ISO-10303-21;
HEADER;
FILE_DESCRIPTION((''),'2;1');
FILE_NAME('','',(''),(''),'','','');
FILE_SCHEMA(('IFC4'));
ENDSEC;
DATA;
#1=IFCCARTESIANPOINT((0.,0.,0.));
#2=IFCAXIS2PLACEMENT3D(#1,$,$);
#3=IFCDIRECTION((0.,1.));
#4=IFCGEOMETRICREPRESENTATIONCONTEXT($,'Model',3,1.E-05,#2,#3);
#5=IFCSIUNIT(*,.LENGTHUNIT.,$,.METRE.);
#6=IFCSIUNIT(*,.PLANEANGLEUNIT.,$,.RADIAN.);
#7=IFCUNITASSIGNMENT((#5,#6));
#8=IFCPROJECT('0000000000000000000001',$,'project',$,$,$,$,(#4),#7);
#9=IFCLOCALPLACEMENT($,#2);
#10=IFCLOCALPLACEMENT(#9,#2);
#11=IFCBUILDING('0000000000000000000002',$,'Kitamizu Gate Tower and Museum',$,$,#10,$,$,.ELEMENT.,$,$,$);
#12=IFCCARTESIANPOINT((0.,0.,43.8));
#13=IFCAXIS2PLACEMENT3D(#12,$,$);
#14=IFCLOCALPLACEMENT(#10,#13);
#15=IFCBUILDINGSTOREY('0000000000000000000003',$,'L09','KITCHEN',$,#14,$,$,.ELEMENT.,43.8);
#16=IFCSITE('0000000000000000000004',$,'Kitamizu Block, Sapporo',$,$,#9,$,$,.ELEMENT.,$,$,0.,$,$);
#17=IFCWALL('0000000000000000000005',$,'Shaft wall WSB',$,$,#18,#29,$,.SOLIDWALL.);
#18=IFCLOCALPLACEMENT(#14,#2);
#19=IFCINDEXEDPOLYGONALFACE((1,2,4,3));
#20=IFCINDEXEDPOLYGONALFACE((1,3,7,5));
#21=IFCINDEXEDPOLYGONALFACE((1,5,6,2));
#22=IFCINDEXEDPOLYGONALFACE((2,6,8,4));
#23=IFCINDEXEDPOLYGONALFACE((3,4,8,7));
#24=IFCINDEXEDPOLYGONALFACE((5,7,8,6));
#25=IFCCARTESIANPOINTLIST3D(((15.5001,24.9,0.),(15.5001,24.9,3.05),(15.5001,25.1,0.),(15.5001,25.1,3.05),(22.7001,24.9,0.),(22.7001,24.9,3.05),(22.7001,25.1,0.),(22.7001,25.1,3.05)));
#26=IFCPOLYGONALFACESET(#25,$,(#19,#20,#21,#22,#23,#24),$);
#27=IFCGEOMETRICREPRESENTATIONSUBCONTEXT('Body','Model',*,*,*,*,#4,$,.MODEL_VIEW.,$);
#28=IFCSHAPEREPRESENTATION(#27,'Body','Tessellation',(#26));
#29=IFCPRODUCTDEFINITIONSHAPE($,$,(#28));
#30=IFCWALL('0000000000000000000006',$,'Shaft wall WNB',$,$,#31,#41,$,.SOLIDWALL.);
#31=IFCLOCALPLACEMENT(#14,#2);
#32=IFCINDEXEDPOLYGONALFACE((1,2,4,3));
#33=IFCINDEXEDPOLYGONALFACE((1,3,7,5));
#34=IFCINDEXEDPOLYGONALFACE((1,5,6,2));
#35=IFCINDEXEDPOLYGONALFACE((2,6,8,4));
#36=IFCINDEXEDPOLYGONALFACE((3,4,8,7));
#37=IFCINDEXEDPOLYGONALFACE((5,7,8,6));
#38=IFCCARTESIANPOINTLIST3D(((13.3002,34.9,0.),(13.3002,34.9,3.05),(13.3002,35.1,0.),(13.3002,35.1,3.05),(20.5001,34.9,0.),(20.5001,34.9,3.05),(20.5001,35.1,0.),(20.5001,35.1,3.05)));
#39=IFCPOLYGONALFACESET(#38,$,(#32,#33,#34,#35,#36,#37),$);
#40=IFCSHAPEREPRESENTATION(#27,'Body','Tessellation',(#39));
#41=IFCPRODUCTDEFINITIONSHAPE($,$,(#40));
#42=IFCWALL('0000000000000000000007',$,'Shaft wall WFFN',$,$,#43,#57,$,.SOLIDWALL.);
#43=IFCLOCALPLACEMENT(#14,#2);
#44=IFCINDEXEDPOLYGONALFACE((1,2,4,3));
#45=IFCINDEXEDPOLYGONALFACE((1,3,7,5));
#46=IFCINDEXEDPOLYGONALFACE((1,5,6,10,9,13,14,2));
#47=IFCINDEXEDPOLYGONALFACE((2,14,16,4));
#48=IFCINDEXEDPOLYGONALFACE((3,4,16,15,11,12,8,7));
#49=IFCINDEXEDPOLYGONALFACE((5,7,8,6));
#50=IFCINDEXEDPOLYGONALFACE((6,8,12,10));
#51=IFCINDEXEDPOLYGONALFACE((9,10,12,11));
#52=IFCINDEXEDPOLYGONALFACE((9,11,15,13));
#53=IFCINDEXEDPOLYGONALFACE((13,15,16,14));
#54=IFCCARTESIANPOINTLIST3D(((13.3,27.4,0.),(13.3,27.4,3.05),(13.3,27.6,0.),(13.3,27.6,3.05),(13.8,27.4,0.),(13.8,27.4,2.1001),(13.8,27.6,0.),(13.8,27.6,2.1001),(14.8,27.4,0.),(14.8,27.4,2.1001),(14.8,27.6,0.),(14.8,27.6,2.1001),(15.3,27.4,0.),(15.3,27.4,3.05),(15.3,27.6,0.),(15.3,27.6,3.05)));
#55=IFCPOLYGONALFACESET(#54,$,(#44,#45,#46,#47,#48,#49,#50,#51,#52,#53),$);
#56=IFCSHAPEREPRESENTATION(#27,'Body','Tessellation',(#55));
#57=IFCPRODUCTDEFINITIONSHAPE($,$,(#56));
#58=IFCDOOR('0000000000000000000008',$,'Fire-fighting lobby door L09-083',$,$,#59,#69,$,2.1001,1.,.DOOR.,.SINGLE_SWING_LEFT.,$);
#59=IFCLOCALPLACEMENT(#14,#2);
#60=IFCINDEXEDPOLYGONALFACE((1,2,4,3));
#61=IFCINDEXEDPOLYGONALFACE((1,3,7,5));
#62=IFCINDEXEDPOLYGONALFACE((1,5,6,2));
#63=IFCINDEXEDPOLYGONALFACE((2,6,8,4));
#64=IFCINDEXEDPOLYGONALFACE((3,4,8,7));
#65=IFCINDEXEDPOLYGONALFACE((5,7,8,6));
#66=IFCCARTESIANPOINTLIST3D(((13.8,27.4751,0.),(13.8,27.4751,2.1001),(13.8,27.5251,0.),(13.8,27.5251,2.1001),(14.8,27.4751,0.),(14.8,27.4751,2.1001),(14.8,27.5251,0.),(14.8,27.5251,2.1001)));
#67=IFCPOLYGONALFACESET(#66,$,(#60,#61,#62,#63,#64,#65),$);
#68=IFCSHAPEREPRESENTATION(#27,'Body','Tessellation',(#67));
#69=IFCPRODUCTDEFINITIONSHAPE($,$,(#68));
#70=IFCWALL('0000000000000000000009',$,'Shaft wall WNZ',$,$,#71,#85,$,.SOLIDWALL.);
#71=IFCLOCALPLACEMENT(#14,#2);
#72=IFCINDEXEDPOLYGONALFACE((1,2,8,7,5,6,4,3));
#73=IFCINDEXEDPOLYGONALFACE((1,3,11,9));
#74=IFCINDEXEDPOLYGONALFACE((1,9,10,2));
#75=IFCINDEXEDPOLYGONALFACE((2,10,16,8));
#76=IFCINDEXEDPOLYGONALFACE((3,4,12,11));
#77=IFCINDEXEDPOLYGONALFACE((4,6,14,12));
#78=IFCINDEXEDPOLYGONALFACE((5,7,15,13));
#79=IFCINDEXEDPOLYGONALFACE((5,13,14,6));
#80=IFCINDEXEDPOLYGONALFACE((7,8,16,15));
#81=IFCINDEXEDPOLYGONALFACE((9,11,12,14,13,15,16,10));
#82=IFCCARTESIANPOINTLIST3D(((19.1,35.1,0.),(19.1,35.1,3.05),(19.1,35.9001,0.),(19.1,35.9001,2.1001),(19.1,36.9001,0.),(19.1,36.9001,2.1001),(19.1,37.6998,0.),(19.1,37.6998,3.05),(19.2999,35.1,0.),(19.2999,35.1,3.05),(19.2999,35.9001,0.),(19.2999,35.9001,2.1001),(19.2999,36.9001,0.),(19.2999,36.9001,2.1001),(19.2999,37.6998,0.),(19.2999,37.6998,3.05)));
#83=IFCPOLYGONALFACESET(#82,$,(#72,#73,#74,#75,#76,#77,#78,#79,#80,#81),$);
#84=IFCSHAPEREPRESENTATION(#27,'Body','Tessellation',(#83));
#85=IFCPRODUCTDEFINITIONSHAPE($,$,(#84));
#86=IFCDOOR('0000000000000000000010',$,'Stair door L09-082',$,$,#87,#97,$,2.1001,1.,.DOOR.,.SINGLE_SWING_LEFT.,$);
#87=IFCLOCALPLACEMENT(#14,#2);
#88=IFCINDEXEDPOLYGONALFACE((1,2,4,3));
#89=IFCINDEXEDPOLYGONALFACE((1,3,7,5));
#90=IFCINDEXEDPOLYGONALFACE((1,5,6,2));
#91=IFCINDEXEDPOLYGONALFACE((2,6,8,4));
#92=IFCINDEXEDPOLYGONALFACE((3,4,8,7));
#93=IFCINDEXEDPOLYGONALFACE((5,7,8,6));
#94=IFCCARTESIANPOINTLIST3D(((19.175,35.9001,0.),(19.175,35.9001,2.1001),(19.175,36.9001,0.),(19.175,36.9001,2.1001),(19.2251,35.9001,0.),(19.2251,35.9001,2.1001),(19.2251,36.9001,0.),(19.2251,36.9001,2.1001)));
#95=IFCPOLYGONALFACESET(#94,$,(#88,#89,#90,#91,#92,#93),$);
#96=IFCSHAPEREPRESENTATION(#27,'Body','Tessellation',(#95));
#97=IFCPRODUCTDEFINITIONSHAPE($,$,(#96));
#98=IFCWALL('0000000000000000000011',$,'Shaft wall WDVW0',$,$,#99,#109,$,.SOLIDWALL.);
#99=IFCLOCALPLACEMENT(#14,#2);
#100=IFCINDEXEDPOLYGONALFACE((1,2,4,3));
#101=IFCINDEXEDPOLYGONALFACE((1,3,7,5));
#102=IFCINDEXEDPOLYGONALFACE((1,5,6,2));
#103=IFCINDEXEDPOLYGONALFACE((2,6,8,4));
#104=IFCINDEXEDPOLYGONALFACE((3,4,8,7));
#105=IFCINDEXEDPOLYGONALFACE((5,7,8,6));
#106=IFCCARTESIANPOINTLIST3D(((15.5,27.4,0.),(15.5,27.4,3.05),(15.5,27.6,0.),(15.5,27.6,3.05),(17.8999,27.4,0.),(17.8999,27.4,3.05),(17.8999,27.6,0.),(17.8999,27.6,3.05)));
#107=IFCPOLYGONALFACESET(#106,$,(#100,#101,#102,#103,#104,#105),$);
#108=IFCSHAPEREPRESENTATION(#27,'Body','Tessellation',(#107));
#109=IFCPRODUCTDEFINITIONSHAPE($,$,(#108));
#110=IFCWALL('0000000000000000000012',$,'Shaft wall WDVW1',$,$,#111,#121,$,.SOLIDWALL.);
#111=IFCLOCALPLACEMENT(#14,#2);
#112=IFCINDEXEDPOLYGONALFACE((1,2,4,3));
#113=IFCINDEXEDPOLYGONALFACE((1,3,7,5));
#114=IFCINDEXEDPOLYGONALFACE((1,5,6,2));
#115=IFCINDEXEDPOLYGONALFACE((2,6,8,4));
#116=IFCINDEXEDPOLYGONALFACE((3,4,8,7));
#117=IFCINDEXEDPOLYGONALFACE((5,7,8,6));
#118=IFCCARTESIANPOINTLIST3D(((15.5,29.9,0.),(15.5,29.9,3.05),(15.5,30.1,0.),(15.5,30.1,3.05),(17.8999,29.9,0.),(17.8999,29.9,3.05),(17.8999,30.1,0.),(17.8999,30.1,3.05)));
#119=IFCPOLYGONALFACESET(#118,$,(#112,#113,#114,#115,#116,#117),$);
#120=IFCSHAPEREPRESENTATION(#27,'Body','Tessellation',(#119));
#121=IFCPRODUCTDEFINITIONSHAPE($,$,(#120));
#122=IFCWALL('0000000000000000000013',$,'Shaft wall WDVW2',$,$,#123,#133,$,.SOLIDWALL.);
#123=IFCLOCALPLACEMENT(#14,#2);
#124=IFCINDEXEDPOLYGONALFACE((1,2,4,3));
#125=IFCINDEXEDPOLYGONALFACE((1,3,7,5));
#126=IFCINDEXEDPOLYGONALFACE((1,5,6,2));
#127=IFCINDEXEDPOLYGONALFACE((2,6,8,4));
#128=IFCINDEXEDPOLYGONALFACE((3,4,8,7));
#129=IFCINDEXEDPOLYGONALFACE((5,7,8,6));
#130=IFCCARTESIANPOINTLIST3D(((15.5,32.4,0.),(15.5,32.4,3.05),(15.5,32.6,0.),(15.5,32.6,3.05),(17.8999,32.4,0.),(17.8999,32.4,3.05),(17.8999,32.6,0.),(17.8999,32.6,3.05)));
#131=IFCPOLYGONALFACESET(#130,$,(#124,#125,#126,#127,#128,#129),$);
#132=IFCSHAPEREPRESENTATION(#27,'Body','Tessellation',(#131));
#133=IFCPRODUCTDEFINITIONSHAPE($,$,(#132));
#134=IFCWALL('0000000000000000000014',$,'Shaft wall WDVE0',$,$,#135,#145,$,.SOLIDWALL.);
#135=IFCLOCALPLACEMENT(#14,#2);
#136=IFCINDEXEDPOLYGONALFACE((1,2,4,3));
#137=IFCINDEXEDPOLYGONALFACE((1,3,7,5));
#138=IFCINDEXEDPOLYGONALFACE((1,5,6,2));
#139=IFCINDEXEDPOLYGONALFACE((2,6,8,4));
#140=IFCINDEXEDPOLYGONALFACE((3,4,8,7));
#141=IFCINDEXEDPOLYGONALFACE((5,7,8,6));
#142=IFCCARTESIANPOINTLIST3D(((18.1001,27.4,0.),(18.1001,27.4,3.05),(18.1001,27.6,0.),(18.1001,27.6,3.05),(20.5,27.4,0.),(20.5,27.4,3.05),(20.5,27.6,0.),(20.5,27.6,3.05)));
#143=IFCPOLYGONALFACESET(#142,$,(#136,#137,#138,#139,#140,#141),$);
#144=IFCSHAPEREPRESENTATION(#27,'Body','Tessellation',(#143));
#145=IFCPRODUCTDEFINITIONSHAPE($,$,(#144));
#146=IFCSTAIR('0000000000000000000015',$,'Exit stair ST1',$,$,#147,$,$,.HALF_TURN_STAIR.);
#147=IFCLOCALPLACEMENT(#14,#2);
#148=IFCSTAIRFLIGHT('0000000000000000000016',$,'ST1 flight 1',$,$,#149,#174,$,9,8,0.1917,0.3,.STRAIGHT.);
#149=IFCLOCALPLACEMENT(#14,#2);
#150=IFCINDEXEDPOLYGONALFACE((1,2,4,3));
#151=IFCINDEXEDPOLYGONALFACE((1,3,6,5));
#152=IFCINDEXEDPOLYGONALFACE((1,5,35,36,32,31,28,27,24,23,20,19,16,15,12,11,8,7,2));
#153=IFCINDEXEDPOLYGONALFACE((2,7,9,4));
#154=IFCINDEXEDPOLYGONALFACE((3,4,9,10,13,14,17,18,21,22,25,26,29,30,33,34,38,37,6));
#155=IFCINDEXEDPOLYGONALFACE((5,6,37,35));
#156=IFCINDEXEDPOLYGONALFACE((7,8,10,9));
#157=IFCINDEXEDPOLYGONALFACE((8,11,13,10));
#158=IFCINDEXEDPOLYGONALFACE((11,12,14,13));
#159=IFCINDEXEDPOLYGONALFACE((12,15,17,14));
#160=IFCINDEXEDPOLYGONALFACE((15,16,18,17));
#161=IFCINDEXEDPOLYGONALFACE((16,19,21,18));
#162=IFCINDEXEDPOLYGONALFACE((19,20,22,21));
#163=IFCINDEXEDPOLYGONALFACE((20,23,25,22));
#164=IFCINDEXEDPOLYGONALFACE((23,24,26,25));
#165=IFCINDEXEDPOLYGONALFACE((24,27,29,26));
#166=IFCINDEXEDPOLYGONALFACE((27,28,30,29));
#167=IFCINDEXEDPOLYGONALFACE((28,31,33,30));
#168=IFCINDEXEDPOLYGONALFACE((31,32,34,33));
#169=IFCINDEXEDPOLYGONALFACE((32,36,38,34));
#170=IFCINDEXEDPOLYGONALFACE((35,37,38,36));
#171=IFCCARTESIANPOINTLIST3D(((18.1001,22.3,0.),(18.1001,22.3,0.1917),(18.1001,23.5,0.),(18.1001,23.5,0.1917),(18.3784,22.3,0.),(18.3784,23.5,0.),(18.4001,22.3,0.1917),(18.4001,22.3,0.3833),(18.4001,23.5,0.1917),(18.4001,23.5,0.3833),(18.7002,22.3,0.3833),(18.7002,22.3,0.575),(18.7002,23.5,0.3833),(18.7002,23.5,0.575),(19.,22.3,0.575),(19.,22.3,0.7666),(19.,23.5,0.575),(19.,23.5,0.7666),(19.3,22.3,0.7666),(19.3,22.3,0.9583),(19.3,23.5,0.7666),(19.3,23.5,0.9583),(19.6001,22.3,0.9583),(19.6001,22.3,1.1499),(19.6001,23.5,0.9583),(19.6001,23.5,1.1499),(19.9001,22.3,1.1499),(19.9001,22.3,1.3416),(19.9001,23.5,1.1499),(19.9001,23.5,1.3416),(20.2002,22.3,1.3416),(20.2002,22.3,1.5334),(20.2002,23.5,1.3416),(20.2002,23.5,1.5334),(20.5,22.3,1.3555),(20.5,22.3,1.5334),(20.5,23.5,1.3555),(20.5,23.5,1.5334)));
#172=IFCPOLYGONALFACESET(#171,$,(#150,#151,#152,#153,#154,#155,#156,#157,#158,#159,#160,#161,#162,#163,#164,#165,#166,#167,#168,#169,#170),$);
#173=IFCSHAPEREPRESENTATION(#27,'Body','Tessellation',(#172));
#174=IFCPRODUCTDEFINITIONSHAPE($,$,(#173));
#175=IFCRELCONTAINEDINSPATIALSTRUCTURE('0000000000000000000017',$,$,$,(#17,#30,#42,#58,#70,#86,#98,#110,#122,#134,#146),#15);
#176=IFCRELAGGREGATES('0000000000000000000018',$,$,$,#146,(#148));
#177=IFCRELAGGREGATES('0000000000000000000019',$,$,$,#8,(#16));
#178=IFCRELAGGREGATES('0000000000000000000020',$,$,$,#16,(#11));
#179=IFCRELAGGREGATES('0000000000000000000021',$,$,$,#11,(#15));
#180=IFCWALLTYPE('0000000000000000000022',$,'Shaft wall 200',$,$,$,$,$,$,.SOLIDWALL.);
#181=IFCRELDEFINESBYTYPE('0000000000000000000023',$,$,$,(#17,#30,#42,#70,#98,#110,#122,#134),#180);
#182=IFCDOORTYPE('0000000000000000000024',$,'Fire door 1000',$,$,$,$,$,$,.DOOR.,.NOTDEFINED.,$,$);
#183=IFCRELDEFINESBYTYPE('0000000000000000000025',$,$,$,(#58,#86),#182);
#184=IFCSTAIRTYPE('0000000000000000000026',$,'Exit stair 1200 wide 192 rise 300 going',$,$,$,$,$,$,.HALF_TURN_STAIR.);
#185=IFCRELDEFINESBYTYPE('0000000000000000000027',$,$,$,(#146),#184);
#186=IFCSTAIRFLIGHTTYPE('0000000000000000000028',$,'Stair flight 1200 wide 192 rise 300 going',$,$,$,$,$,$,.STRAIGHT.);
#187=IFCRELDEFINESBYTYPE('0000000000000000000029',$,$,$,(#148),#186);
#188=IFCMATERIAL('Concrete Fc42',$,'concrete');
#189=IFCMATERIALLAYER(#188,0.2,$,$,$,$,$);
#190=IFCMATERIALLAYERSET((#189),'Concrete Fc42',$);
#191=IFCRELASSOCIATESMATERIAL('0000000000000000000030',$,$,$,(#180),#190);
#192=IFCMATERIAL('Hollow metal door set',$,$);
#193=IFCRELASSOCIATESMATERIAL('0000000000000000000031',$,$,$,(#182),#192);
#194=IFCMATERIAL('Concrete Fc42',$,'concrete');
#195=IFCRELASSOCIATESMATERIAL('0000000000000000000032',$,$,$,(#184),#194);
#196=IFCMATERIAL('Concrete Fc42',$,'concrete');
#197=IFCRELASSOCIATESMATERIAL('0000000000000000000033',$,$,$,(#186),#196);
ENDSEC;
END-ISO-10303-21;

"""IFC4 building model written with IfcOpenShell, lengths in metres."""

from ifc_helpers import new_model, si_unit, direction, frame, frame_2d, origin, place, context, subcontext, project, spatial, polyline, rectangle, outline, extrude, material, layer, layer_set, type_object, element, fill, aggregate, save


model = new_model("IFC4")

# Units and contexts
model_context = context("Model", 3, precision=1e-05, world=origin(), true_north=direction((0.0, 1.0)))
body_context = subcontext(model_context, "Body", "Model", "MODEL_VIEW")
ifc_project = project(units=[si_unit("LENGTHUNIT", "METRE"), si_unit("PLANEANGLEUNIT", "RADIAN")], contexts=[model_context])

# Site, building, storey
site_placement = place(None, origin())
site = spatial("IfcSite", under=ifc_project, at=site_placement, Name="Kitamizu Block, Sapporo", CompositionType="ELEMENT", RefElevation=0.0)
building_placement = place(site_placement, origin())
building = spatial("IfcBuilding", under=site, at=building_placement, Name="Kitamizu Gate Tower and Museum", CompositionType="ELEMENT")
storey_placement = place(building_placement, frame((0.0, 0.0, 43.8)))
storey = spatial("IfcBuildingStorey", under=building, at=storey_placement, Name="L09", Description="KITCHEN", CompositionType="ELEMENT", Elevation=43.8)

# Walls
ifc_material_1 = material(Name="Concrete Fc42", Category="concrete")
ifc_layer_1 = layer(ifc_material_1, 0.2)
ifc_layer_set_1 = layer_set([ifc_layer_1], Name="Concrete Fc42")
wall_type_1 = type_object("IfcWallType", Name="Shaft wall 200", PredefinedType="SOLIDWALL", material=ifc_layer_set_1)
for number, where, z_axis, x_axis, name in (
    (1, (15.5, 25.0, 0.0), (0.0, 0.0, 1.0), (1.0, 0.0, 0.0), "Shaft wall WSB"),
    (2, (13.3, 35.0, 0.0), (0.0, 0.0, 1.0), (1.0, 0.0, 0.0), "Shaft wall WNB"),
):
    element("IfcWall", number, at=place(storey_placement, frame(where, z_axis=z_axis, x_axis=x_axis)), inside=storey, type_object=wall_type_1, Name=name, PredefinedType="SOLIDWALL", context=body_context, shape_type="SweptSolid", body=[
        extrude(rectangle(XDim=7.2, YDim=0.2, at=frame_2d((3.6001, 0.0))), origin(), (0.0, 0.0, 1.0), 3.05),
    ])

# Walls, openings, doors
wall_1_placement = place(storey_placement, frame((13.3, 27.5, 0.0), z_axis=(0.0, 0.0, 1.0), x_axis=(1.0, 0.0, 0.0)))
wall_1 = element("IfcWall", 3, at=wall_1_placement, inside=storey, type_object=wall_type_1, Name="Shaft wall WFFN", PredefinedType="SOLIDWALL", context=body_context, shape_type="SweptSolid", body=[
    extrude(rectangle(XDim=2.0, YDim=0.2, at=frame_2d((1.0, 0.0))), origin(), (0.0, 0.0, 1.0), 3.05),
])
opening_1_placement = place(wall_1_placement, frame((0.5, 0.0, 0.0)))
opening_1 = element("IfcOpeningElement", 4, at=opening_1_placement, cuts=wall_1, PredefinedType="OPENING", context=body_context, shape_type="SweptSolid", body=[
    extrude(rectangle(XDim=1.0, YDim=2.1001, at=frame_2d((0.5, 1.05))), frame((0.0, 0.1099, 0.0), z_axis=(0.0, -1.0, 0.0), x_axis=(1.0, 0.0, 0.0)), (0.0, 0.0, 1.0), 0.22),
])
ifc_material_2 = material(Name="Hollow metal door set")
door_type_1 = type_object("IfcDoorType", Name="Fire door 1000", OperationType="NOTDEFINED", PredefinedType="DOOR", material=ifc_material_2)
door_1_placement = place(opening_1_placement, frame((1.0, 0.0, 0.0), x_axis=(-1.0, 0.0, 0.0)))
door_1 = element("IfcDoor", 5, at=door_1_placement, inside=storey, type_object=door_type_1, Name="Fire-fighting lobby door L09-083", OperationType="SINGLE_SWING_LEFT", OverallHeight=2.1001, OverallWidth=1.0, PredefinedType="DOOR", context=body_context, shape_type="SweptSolid", body=[
    extrude(rectangle(XDim=1.0, YDim=2.1001, at=frame_2d((0.5, 1.05))), frame((0.0, 0.0249, 0.0), z_axis=(0.0, -1.0, 0.0), x_axis=(1.0, 0.0, 0.0)), (0.0, 0.0, 1.0), 0.05),
])
fill(opening_1, door_1)
wall_2_placement = place(storey_placement, frame((19.2, 35.1001, 0.0), z_axis=(0.0, 0.0, 1.0), x_axis=(0.0, 1.0, 0.0)))
wall_2 = element("IfcWall", 6, at=wall_2_placement, inside=storey, type_object=wall_type_1, Name="Shaft wall WNZ", PredefinedType="SOLIDWALL", context=body_context, shape_type="SweptSolid", body=[
    extrude(rectangle(XDim=2.5999, YDim=0.2, at=frame_2d((1.2998, 0.0))), origin(), (0.0, 0.0, 1.0), 3.05),
])
opening_2_placement = place(wall_2_placement, frame((0.8, 0.0, 0.0)))
opening_2 = element("IfcOpeningElement", 7, at=opening_2_placement, cuts=wall_2, PredefinedType="OPENING", context=body_context, shape_type="SweptSolid", body=[
    extrude(rectangle(XDim=1.0, YDim=2.1001, at=frame_2d((0.5, 1.05))), frame((0.0, 0.1099, 0.0), z_axis=(0.0, -1.0, 0.0), x_axis=(1.0, 0.0, 0.0)), (0.0, 0.0, 1.0), 0.22),
])
door_2_placement = place(opening_2_placement, origin())
door_2 = element("IfcDoor", 8, at=door_2_placement, inside=storey, type_object=door_type_1, Name="Stair door L09-082", OperationType="SINGLE_SWING_LEFT", OverallHeight=2.1001, OverallWidth=1.0, PredefinedType="DOOR", context=body_context, shape_type="SweptSolid", body=[
    extrude(rectangle(XDim=1.0, YDim=2.1001, at=frame_2d((0.5, 1.05))), frame((0.0, 0.0249, 0.0), z_axis=(0.0, -1.0, 0.0), x_axis=(1.0, 0.0, 0.0)), (0.0, 0.0, 1.0), 0.05),
])
fill(opening_2, door_2)

# Walls
for number, where, z_axis, x_axis, name in (
    (9, (15.5, 27.5, 0.0), (0.0, 0.0, 1.0), (1.0, 0.0, 0.0), "Shaft wall WDVW0"),
    (10, (15.5, 30.0, 0.0), (0.0, 0.0, 1.0), (1.0, 0.0, 0.0), "Shaft wall WDVW1"),
    (11, (15.5, 32.5, 0.0), (0.0, 0.0, 1.0), (1.0, 0.0, 0.0), "Shaft wall WDVW2"),
    (12, (18.1001, 27.5, 0.0), (0.0, 0.0, 1.0), (1.0, 0.0, 0.0), "Shaft wall WDVE0"),
):
    element("IfcWall", number, at=place(storey_placement, frame(where, z_axis=z_axis, x_axis=x_axis)), inside=storey, type_object=wall_type_1, Name=name, PredefinedType="SOLIDWALL", context=body_context, shape_type="SweptSolid", body=[
        extrude(rectangle(XDim=2.3999, YDim=0.2, at=frame_2d((1.2, 0.0))), origin(), (0.0, 0.0, 1.0), 3.05),
    ])

# Stair, stair flight
ifc_material_3 = material(Name="Concrete Fc42", Category="concrete")
stair_type = type_object("IfcStairType", Name="Exit stair 1200 wide 192 rise 300 going", PredefinedType="HALF_TURN_STAIR", material=ifc_material_3)
stair_1_placement = place(storey_placement, origin())
stair_1 = element("IfcStair", 13, at=stair_1_placement, inside=storey, type_object=stair_type, Name="Exit stair ST1", PredefinedType="HALF_TURN_STAIR")
ifc_material_4 = material(Name="Concrete Fc42", Category="concrete")
stair_flight_type = type_object("IfcStairFlightType", Name="Stair flight 1200 wide 192 rise 300 going", PredefinedType="STRAIGHT", material=ifc_material_4)
stair_flight_1_placement = place(storey_placement, frame((18.1001, 22.8999, 0.0), z_axis=(0.0, 0.0, 1.0), x_axis=(1.0, 0.0, 0.0)))
stair_flight_1 = element("IfcStairFlight", 14, at=stair_flight_1_placement, type_object=stair_flight_type, Name="ST1 flight 1", NumberOfRisers=9, NumberOfTreads=8, PredefinedType="STRAIGHT", RiserHeight=0.1917, TreadLength=0.3, context=body_context, shape_type="SweptSolid", body=[
    extrude(outline(polyline([(0.0, 0.0), (0.0, 0.1917), (0.3, 0.1917), (0.3, 0.3833), (0.6001, 0.3833), (0.6001, 0.575), (0.8999, 0.575), (0.8999, 0.7666), (1.2, 0.7666), (1.2, 0.9583), (1.5, 0.9583), (1.5, 1.1499), (1.8, 1.1499), (1.8, 1.3416), (2.1001, 1.3416), (2.1001, 1.5334), (2.3999, 1.5334), (2.3999, 1.7251), (2.3999, 1.3555), (0.2783, 0.0), (0.0, 0.0)])), frame((0.0, 0.6001, 0.0), z_axis=(0.0, -1.0, 0.0), x_axis=(1.0, 0.0, 0.0)), (0.0, 0.0, 1.0), 1.2),
])
aggregate(stair_1, [stair_flight_1])

save(model, "model.ifc")
